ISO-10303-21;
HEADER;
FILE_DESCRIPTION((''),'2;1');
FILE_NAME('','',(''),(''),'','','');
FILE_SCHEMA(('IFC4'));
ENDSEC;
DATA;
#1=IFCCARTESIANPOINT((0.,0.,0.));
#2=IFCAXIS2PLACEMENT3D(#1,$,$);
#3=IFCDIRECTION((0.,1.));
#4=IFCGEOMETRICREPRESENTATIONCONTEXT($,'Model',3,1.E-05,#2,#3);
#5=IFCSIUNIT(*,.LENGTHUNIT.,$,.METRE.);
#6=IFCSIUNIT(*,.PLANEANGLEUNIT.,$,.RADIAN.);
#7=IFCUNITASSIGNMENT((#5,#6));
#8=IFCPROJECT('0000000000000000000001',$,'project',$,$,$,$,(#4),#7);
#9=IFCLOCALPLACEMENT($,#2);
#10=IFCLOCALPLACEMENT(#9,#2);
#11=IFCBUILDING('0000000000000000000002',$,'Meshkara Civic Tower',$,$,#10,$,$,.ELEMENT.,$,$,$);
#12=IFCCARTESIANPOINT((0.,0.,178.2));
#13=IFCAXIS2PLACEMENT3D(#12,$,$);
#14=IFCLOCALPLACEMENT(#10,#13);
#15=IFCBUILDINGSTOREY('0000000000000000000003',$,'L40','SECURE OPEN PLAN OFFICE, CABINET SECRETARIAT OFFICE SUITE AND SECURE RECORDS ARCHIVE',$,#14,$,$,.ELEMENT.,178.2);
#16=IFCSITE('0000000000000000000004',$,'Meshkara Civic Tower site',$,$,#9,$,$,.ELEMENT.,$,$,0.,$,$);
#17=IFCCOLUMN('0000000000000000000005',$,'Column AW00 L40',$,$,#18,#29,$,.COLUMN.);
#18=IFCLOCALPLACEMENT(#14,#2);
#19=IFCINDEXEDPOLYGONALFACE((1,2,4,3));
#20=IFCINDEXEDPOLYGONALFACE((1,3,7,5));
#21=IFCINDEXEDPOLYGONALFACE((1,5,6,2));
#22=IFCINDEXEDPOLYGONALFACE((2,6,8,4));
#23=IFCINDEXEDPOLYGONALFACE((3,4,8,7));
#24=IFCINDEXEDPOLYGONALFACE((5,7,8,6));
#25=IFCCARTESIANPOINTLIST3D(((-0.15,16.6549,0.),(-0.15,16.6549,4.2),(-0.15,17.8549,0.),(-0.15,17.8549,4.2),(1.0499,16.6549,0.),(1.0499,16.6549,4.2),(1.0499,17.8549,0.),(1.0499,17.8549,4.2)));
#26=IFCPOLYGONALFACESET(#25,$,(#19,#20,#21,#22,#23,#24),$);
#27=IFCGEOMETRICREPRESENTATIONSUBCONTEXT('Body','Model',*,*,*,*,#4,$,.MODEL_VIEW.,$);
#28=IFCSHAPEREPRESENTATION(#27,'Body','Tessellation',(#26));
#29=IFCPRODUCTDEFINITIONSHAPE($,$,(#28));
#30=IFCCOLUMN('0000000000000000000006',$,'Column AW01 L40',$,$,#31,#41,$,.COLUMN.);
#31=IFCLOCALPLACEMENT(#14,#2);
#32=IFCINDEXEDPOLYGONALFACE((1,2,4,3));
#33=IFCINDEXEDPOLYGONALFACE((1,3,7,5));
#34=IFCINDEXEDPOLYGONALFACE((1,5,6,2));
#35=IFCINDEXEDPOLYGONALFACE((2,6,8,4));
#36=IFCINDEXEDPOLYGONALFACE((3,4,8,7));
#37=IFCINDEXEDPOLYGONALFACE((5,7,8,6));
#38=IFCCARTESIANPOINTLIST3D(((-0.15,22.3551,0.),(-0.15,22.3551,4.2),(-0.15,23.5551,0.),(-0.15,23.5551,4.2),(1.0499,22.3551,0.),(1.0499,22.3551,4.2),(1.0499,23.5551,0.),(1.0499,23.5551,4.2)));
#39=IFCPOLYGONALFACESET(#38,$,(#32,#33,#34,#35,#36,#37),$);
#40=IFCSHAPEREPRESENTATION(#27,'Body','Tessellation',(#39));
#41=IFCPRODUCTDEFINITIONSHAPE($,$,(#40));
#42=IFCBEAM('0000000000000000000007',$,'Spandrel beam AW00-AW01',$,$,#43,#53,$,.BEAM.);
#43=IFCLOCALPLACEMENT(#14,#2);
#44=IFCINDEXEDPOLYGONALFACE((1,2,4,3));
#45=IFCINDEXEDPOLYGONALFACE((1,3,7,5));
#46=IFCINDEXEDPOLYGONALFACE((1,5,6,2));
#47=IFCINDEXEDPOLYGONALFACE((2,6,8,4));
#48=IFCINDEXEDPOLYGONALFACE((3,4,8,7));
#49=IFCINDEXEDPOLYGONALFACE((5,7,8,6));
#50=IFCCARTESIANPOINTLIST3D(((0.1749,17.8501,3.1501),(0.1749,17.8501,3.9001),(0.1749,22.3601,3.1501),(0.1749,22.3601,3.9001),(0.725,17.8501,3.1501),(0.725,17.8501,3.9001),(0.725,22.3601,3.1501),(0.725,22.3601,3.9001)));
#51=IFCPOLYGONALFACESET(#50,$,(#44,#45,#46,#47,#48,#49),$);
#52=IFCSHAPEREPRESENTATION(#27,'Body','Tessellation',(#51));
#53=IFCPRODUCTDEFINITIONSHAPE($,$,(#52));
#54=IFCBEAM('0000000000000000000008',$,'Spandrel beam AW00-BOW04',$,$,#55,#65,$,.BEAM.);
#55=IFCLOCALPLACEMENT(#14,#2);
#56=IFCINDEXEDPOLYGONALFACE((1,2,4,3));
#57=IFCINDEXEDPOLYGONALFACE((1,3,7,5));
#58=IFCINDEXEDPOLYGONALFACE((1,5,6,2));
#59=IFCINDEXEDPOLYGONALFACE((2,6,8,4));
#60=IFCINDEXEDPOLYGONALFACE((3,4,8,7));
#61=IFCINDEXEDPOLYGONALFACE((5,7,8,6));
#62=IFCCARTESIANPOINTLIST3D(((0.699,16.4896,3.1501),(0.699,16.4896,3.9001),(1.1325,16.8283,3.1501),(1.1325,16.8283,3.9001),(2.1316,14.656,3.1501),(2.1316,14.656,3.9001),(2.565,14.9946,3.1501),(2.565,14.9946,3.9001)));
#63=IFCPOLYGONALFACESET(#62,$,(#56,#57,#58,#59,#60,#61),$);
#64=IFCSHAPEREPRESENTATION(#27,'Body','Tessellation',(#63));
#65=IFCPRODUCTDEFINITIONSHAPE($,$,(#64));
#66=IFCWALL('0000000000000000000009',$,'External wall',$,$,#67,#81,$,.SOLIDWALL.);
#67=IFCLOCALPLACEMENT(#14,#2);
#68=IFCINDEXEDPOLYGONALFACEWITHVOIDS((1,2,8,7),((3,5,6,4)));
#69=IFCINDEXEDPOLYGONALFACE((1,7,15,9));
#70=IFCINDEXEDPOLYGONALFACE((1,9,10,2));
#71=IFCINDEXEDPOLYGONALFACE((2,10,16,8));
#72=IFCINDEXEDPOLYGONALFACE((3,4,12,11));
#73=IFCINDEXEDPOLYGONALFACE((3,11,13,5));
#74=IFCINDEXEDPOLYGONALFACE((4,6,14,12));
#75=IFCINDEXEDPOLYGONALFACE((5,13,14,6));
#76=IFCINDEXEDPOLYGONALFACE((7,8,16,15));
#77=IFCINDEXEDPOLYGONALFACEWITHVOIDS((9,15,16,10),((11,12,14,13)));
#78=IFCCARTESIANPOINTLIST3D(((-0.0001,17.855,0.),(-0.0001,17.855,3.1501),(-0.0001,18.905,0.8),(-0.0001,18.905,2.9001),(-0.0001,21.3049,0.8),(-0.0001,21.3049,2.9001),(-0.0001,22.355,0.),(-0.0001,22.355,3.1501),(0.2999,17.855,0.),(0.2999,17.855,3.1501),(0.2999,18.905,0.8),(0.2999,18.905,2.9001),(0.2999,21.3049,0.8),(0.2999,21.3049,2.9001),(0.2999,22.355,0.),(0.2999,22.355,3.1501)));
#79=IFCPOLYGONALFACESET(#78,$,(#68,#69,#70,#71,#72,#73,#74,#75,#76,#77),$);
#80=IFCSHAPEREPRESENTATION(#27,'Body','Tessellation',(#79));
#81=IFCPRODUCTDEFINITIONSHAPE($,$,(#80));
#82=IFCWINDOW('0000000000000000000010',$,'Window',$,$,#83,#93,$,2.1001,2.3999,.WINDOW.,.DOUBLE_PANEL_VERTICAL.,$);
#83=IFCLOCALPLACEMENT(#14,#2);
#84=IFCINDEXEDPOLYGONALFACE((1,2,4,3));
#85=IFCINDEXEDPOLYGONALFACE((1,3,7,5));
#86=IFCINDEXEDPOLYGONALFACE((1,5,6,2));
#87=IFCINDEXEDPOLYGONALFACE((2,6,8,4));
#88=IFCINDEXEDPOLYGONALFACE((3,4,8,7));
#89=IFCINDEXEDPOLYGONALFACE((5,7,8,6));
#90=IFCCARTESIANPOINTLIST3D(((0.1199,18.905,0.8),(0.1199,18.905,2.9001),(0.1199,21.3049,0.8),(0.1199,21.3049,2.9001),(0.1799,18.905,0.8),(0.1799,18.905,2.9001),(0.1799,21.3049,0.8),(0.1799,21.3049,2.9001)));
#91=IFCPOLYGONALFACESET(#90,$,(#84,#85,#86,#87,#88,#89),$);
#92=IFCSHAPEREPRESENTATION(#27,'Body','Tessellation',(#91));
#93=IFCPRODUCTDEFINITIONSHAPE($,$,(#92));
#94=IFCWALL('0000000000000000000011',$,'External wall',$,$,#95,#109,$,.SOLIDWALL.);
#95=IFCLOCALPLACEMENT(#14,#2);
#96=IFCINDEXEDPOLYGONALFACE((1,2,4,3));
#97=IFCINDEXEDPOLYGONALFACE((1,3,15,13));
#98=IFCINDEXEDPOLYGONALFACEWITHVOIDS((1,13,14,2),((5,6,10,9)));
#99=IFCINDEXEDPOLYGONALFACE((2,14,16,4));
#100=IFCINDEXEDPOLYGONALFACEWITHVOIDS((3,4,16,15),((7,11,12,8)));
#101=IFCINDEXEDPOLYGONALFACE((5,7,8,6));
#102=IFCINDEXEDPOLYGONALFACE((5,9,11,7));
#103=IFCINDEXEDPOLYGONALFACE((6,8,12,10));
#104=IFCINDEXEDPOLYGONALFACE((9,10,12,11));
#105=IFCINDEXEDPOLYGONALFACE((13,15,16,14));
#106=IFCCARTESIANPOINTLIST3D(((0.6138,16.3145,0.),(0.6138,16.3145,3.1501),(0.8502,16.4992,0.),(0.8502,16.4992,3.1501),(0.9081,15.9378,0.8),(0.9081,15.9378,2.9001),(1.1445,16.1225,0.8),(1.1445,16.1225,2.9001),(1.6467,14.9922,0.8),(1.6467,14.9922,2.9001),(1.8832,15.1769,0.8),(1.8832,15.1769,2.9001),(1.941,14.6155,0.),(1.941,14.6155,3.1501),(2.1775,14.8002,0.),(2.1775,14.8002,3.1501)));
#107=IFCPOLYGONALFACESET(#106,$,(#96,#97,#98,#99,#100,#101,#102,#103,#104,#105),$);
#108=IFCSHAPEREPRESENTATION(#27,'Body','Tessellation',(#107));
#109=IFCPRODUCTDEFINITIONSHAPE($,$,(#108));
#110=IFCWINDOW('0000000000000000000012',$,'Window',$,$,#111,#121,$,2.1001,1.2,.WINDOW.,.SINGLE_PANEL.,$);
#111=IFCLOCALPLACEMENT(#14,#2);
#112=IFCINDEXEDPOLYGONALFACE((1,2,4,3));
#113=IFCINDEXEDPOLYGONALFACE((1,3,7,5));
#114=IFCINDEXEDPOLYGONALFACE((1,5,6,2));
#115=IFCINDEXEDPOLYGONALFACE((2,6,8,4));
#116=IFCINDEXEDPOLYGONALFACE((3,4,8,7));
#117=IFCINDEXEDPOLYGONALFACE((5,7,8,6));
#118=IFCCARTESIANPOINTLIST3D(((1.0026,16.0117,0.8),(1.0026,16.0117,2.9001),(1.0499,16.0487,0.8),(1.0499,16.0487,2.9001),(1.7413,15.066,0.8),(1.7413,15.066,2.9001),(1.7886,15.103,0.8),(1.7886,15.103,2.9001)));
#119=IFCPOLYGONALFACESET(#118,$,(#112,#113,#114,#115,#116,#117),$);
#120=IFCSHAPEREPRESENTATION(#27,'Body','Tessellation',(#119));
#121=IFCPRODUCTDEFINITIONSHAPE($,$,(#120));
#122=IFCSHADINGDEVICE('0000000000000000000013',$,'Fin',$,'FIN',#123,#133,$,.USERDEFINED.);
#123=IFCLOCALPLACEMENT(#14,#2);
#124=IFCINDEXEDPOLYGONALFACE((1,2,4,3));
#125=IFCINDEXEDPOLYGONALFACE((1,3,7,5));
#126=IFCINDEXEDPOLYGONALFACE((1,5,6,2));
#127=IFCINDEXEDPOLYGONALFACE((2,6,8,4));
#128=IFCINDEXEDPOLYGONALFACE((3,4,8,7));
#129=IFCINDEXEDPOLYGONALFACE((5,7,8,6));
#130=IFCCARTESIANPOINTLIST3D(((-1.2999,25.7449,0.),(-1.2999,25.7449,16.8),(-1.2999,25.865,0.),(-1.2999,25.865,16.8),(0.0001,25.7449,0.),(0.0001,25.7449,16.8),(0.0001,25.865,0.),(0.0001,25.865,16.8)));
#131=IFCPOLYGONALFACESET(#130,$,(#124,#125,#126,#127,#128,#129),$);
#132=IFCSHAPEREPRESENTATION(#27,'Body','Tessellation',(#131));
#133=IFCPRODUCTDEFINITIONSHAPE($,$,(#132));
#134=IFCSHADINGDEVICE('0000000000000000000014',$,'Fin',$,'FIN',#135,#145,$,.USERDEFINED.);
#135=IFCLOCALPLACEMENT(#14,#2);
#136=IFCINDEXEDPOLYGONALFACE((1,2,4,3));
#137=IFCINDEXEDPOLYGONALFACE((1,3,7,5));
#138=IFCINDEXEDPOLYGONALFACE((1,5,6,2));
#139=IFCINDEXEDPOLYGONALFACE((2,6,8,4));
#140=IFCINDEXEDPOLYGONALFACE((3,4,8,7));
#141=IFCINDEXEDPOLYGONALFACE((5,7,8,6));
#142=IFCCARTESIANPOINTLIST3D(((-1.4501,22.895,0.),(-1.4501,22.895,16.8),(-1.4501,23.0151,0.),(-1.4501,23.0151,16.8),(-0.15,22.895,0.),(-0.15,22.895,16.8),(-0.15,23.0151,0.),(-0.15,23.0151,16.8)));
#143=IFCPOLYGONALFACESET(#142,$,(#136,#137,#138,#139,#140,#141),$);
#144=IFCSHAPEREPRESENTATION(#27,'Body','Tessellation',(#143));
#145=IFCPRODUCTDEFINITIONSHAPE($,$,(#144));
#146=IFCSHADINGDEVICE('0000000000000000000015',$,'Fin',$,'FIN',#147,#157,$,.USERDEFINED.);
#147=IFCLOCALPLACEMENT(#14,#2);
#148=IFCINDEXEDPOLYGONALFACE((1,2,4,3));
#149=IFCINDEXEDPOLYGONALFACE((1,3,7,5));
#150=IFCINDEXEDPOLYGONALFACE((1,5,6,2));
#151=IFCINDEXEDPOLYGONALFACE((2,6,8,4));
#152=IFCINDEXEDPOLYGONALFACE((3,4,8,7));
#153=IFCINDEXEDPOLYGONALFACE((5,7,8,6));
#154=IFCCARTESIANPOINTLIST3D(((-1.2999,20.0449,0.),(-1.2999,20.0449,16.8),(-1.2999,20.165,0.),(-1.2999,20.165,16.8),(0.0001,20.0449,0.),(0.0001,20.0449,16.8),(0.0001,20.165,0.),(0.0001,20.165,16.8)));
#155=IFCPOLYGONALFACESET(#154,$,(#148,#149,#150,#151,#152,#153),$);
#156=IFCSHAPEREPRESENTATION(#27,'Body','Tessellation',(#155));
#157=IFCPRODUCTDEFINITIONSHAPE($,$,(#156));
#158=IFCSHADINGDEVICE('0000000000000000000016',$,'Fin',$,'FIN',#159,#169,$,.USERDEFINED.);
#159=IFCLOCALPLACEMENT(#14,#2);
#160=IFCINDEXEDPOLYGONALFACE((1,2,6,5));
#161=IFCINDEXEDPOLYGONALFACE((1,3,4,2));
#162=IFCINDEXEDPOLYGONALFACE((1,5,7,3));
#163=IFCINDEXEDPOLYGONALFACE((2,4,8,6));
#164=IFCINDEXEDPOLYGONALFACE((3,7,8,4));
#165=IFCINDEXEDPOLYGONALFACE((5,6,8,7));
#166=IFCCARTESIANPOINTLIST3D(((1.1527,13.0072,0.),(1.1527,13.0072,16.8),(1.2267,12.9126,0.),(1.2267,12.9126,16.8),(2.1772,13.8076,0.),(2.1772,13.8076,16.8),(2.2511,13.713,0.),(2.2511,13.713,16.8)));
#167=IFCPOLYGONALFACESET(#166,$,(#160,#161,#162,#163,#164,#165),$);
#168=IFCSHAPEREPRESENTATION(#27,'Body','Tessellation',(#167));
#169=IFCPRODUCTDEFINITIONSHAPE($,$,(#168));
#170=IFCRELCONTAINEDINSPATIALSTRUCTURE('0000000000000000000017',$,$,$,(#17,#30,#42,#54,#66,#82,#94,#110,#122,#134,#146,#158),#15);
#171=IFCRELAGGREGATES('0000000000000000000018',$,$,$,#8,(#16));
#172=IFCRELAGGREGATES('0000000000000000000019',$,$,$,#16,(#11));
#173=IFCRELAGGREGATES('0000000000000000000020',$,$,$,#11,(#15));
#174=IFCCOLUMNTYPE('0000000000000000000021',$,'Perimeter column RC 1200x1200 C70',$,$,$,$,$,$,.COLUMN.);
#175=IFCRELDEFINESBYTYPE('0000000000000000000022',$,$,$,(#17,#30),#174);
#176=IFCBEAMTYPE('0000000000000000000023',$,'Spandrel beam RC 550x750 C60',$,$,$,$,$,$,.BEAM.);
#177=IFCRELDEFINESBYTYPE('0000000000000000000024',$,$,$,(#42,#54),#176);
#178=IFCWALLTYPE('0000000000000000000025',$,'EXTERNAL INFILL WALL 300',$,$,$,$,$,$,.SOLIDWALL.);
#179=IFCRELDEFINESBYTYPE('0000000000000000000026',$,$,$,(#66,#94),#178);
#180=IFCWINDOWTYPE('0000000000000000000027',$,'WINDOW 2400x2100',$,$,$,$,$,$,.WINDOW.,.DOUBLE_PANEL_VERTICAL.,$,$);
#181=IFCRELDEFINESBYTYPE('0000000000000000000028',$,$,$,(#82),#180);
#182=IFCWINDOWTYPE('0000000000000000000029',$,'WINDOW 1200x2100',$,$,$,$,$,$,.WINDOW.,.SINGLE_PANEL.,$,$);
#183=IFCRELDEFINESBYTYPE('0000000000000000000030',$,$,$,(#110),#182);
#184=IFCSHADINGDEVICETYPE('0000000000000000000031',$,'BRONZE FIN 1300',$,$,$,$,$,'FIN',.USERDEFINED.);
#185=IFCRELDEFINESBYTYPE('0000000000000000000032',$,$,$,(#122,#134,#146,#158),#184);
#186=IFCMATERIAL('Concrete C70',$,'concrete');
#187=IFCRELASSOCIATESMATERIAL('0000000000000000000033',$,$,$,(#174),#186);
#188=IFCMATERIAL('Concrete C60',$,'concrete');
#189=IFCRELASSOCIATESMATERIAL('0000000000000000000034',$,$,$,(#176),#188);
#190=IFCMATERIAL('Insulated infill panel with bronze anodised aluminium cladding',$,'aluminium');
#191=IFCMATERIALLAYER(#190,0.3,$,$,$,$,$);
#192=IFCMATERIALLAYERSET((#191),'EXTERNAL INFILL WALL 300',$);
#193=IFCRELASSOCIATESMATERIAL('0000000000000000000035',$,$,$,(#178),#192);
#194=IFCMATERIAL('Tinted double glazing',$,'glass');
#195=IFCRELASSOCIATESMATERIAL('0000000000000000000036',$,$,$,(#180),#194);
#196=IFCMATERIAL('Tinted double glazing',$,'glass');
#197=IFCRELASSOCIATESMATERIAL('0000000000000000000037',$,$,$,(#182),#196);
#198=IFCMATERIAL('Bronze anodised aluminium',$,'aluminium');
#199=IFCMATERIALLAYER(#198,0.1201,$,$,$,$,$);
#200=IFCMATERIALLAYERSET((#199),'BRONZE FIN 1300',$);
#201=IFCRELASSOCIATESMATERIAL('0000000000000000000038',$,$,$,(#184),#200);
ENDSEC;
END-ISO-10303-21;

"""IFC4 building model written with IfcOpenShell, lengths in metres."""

from ifc_helpers import new_model, si_unit, direction, frame, frame_2d, origin, origin_2d, place, context, subcontext, project, spatial, rectangle, extrude, material, layer, layer_set, material_profile, profile_set, type_object, element, fill, save


model = new_model("IFC4")

# Units and contexts
model_context = context("Model", 3, precision=1e-05, world=origin(), true_north=direction((0.0, 1.0)))
body_context = subcontext(model_context, "Body", "Model", "MODEL_VIEW")
ifc_project = project(units=[si_unit("LENGTHUNIT", "METRE"), si_unit("PLANEANGLEUNIT", "RADIAN")], contexts=[model_context])

# Site, building, storey
site_placement = place(None, origin())
site = spatial("IfcSite", under=ifc_project, at=site_placement, Name="Meshkara Civic Tower site", CompositionType="ELEMENT", RefElevation=0.0)
building_placement = place(site_placement, origin())
building = spatial("IfcBuilding", under=site, at=building_placement, Name="Meshkara Civic Tower", CompositionType="ELEMENT")
storey_placement = place(building_placement, frame((0.0, 0.0, 178.2)))
storey = spatial("IfcBuildingStorey", under=building, at=storey_placement, Name="L40", Description="SECURE OPEN PLAN OFFICE, CABINET SECRETARIAT OFFICE SUITE AND SECURE RECORDS ARCHIVE", CompositionType="ELEMENT", Elevation=178.2)

# Columns
ifc_material_1 = material(Name="Concrete C70", Category="concrete")
ifc_material_profile_1 = material_profile(ifc_material_1, rectangle(XDim=1.2, YDim=1.2, at=origin_2d()))
ifc_profile_set_1 = profile_set([ifc_material_profile_1], Name="Concrete C70")
column_type = type_object("IfcColumnType", Name="Perimeter column RC 1200x1200 C70", PredefinedType="COLUMN", material=ifc_profile_set_1)
for number, where, z_axis, x_axis, name in (
    (1, (0.45, 17.2549, 0.0), (0.0, 0.0, 1.0), (1.0, 0.0, 0.0), "Column AW00 L40"),
    (2, (0.45, 22.9551, 0.0), (0.0, 0.0, 1.0), (1.0, 0.0, 0.0), "Column AW01 L40"),
):
    element("IfcColumn", number, at=place(storey_placement, frame(where, z_axis=z_axis, x_axis=x_axis)), inside=storey, type_object=column_type, Name=name, PredefinedType="COLUMN", context=body_context, shape_type="SweptSolid", body=[
        extrude(rectangle(XDim=1.2, YDim=1.2, at=origin_2d()), origin(), (0.0, 0.0, 1.0), 4.2),
    ])

# Beams
ifc_material_2 = material(Name="Concrete C60", Category="concrete")
ifc_material_profile_2 = material_profile(ifc_material_2, rectangle(XDim=0.55, YDim=0.75, at=origin_2d()))
ifc_profile_set_2 = profile_set([ifc_material_profile_2], Name="Concrete C60")
beam_type = type_object("IfcBeamType", Name="Spandrel beam RC 550x750 C60", PredefinedType="BEAM", material=ifc_profile_set_2)
beam_1_placement = place(storey_placement, frame((0.45, 22.3601, 3.5251), z_axis=(0.0, -1.0, 0.0), x_axis=(1.0, 0.0, 0.0)))
element("IfcBeam", 3, at=beam_1_placement, inside=storey, type_object=beam_type, Name="Spandrel beam AW00-AW01", PredefinedType="BEAM", context=body_context, shape_type="SweptSolid", body=[
    extrude(rectangle(XDim=0.55, YDim=0.75, at=origin_2d()), origin(), (0.0, 0.0, 1.0), 4.51),
])
beam_2_placement = place(storey_placement, frame((0.9158, 16.6589, 3.5251), z_axis=(0.615646, -0.788023, 0.0), x_axis=(0.788023, 0.615646, 0.0)))
element("IfcBeam", 4, at=beam_2_placement, inside=storey, type_object=beam_type, Name="Spandrel beam AW00-BOW04", PredefinedType="BEAM", context=body_context, shape_type="SweptSolid", body=[
    extrude(rectangle(XDim=0.55, YDim=0.75, at=origin_2d()), origin(), (0.0, 0.0, 1.0), 2.3269),
])

# Walls, openings, windows
ifc_material_3 = material(Name="Insulated infill panel with bronze anodised aluminium cladding", Category="aluminium")
ifc_layer_1 = layer(ifc_material_3, 0.3)
ifc_layer_set_1 = layer_set([ifc_layer_1], Name="EXTERNAL INFILL WALL 300")
wall_type = type_object("IfcWallType", Name="EXTERNAL INFILL WALL 300", PredefinedType="SOLIDWALL", material=ifc_layer_set_1)
wall_1_placement = place(storey_placement, frame((0.1499, 22.355, 0.0), z_axis=(0.0, 0.0, 1.0), x_axis=(0.0, -1.0, 0.0)))
wall_1 = element("IfcWall", 5, at=wall_1_placement, inside=storey, type_object=wall_type, Name="External wall", PredefinedType="SOLIDWALL", context=body_context, shape_type="SweptSolid", body=[
    extrude(rectangle(XDim=4.5, YDim=0.3, at=frame_2d((2.25, 0.0))), origin(), (0.0, 0.0, 1.0), 3.1501),
])
opening_1_placement = place(wall_1_placement, frame((1.05, 0.0, 0.8)))
opening_1 = element("IfcOpeningElement", 6, at=opening_1_placement, cuts=wall_1, PredefinedType="OPENING", context=body_context, shape_type="SweptSolid", body=[
    extrude(rectangle(XDim=2.3999, YDim=2.1001, at=frame_2d((1.2, 1.05))), frame((0.0, 0.1599, 0.0), z_axis=(0.0, -1.0, 0.0), x_axis=(1.0, 0.0, 0.0)), (0.0, 0.0, 1.0), 0.3201),
])
ifc_material_4 = material(Name="Tinted double glazing", Category="glass")
window_type_1 = type_object("IfcWindowType", Name="WINDOW 2400x2100", PartitioningType="DOUBLE_PANEL_VERTICAL", PredefinedType="WINDOW", material=ifc_material_4)
window_1_placement = place(opening_1_placement, origin())
window_1 = element("IfcWindow", 7, at=window_1_placement, inside=storey, type_object=window_type_1, Name="Window", OverallHeight=2.1001, OverallWidth=2.3999, PartitioningType="DOUBLE_PANEL_VERTICAL", PredefinedType="WINDOW", context=body_context, shape_type="SweptSolid", body=[
    extrude(rectangle(XDim=2.3999, YDim=2.1001, at=frame_2d((1.2, 1.05))), frame((0.0, 0.03, 0.0), z_axis=(0.0, -1.0, 0.0), x_axis=(1.0, 0.0, 0.0)), (0.0, 0.0, 1.0), 0.0601),
])
fill(opening_1, window_1)
wall_2_placement = place(storey_placement, frame((0.7319, 16.407, 0.0), z_axis=(0.0, 0.0, 1.0), x_axis=(0.615593, -0.788064, 0.0)))
wall_2 = element("IfcWall", 8, at=wall_2_placement, inside=storey, type_object=wall_type, Name="External wall", PredefinedType="SOLIDWALL", context=body_context, shape_type="SweptSolid", body=[
    extrude(rectangle(XDim=2.156, YDim=0.3, at=frame_2d((1.0781, 0.0))), origin(), (0.0, 0.0, 1.0), 3.1501),
])
opening_2_placement = place(wall_2_placement, frame((0.478, 0.0, 0.8)))
opening_2 = element("IfcOpeningElement", 9, at=opening_2_placement, cuts=wall_2, PredefinedType="OPENING", context=body_context, shape_type="SweptSolid", body=[
    extrude(rectangle(XDim=1.2, YDim=2.1001, at=frame_2d((0.6001, 1.05))), frame((0.0, 0.1599, 0.0), z_axis=(0.0, -1.0, 0.0), x_axis=(1.0, 0.0, 0.0)), (0.0, 0.0, 1.0), 0.3201),
])
ifc_material_5 = material(Name="Tinted double glazing", Category="glass")
window_type_2 = type_object("IfcWindowType", Name="WINDOW 1200x2100", PartitioningType="SINGLE_PANEL", PredefinedType="WINDOW", material=ifc_material_5)
window_2_placement = place(opening_2_placement, origin())
window_2 = element("IfcWindow", 10, at=window_2_placement, inside=storey, type_object=window_type_2, Name="Window", OverallHeight=2.1001, OverallWidth=1.2, PartitioningType="SINGLE_PANEL", PredefinedType="WINDOW", context=body_context, shape_type="SweptSolid", body=[
    extrude(rectangle(XDim=1.2, YDim=2.1001, at=frame_2d((0.6001, 1.05))), frame((0.0, 0.03, 0.0), z_axis=(0.0, -1.0, 0.0), x_axis=(1.0, 0.0, 0.0)), (0.0, 0.0, 1.0), 0.0601),
])
fill(opening_2, window_2)

# Shading devices
ifc_material_6 = material(Name="Bronze anodised aluminium", Category="aluminium")
ifc_layer_2 = layer(ifc_material_6, 0.1201)
ifc_layer_set_2 = layer_set([ifc_layer_2], Name="BRONZE FIN 1300")
shading_device_type = type_object("IfcShadingDeviceType", Name="BRONZE FIN 1300", ElementType="FIN", PredefinedType="USERDEFINED", material=ifc_layer_set_2)
for number, where, z_axis, x_axis, name in (
    (11, (-0.6499, 25.8049, 0.0), (0.0, 0.0, 1.0), (0.0, -1.0, 0.0), "Fin"),
    (12, (-0.8, 22.9551, 0.0), (0.0, 0.0, 1.0), (0.0, -1.0, 0.0), "Fin"),
    (13, (-0.6499, 20.105, 0.0), (0.0, 0.0, 1.0), (0.0, -1.0, 0.0), "Fin"),
    (14, (1.7019, 13.3601, 0.0), (0.0, 0.0, 1.0), (0.615661, -0.788011, 0.0), "Fin"),
):
    element("IfcShadingDevice", number, at=place(storey_placement, frame(where, z_axis=z_axis, x_axis=x_axis)), inside=storey, type_object=shading_device_type, Name=name, ObjectType="FIN", PredefinedType="USERDEFINED", context=body_context, shape_type="SweptSolid", body=[
        extrude(rectangle(XDim=0.1201, YDim=1.3, at=origin_2d()), origin(), (0.0, 0.0, 1.0), 16.8),
    ])

save(model, "model.ifc")
